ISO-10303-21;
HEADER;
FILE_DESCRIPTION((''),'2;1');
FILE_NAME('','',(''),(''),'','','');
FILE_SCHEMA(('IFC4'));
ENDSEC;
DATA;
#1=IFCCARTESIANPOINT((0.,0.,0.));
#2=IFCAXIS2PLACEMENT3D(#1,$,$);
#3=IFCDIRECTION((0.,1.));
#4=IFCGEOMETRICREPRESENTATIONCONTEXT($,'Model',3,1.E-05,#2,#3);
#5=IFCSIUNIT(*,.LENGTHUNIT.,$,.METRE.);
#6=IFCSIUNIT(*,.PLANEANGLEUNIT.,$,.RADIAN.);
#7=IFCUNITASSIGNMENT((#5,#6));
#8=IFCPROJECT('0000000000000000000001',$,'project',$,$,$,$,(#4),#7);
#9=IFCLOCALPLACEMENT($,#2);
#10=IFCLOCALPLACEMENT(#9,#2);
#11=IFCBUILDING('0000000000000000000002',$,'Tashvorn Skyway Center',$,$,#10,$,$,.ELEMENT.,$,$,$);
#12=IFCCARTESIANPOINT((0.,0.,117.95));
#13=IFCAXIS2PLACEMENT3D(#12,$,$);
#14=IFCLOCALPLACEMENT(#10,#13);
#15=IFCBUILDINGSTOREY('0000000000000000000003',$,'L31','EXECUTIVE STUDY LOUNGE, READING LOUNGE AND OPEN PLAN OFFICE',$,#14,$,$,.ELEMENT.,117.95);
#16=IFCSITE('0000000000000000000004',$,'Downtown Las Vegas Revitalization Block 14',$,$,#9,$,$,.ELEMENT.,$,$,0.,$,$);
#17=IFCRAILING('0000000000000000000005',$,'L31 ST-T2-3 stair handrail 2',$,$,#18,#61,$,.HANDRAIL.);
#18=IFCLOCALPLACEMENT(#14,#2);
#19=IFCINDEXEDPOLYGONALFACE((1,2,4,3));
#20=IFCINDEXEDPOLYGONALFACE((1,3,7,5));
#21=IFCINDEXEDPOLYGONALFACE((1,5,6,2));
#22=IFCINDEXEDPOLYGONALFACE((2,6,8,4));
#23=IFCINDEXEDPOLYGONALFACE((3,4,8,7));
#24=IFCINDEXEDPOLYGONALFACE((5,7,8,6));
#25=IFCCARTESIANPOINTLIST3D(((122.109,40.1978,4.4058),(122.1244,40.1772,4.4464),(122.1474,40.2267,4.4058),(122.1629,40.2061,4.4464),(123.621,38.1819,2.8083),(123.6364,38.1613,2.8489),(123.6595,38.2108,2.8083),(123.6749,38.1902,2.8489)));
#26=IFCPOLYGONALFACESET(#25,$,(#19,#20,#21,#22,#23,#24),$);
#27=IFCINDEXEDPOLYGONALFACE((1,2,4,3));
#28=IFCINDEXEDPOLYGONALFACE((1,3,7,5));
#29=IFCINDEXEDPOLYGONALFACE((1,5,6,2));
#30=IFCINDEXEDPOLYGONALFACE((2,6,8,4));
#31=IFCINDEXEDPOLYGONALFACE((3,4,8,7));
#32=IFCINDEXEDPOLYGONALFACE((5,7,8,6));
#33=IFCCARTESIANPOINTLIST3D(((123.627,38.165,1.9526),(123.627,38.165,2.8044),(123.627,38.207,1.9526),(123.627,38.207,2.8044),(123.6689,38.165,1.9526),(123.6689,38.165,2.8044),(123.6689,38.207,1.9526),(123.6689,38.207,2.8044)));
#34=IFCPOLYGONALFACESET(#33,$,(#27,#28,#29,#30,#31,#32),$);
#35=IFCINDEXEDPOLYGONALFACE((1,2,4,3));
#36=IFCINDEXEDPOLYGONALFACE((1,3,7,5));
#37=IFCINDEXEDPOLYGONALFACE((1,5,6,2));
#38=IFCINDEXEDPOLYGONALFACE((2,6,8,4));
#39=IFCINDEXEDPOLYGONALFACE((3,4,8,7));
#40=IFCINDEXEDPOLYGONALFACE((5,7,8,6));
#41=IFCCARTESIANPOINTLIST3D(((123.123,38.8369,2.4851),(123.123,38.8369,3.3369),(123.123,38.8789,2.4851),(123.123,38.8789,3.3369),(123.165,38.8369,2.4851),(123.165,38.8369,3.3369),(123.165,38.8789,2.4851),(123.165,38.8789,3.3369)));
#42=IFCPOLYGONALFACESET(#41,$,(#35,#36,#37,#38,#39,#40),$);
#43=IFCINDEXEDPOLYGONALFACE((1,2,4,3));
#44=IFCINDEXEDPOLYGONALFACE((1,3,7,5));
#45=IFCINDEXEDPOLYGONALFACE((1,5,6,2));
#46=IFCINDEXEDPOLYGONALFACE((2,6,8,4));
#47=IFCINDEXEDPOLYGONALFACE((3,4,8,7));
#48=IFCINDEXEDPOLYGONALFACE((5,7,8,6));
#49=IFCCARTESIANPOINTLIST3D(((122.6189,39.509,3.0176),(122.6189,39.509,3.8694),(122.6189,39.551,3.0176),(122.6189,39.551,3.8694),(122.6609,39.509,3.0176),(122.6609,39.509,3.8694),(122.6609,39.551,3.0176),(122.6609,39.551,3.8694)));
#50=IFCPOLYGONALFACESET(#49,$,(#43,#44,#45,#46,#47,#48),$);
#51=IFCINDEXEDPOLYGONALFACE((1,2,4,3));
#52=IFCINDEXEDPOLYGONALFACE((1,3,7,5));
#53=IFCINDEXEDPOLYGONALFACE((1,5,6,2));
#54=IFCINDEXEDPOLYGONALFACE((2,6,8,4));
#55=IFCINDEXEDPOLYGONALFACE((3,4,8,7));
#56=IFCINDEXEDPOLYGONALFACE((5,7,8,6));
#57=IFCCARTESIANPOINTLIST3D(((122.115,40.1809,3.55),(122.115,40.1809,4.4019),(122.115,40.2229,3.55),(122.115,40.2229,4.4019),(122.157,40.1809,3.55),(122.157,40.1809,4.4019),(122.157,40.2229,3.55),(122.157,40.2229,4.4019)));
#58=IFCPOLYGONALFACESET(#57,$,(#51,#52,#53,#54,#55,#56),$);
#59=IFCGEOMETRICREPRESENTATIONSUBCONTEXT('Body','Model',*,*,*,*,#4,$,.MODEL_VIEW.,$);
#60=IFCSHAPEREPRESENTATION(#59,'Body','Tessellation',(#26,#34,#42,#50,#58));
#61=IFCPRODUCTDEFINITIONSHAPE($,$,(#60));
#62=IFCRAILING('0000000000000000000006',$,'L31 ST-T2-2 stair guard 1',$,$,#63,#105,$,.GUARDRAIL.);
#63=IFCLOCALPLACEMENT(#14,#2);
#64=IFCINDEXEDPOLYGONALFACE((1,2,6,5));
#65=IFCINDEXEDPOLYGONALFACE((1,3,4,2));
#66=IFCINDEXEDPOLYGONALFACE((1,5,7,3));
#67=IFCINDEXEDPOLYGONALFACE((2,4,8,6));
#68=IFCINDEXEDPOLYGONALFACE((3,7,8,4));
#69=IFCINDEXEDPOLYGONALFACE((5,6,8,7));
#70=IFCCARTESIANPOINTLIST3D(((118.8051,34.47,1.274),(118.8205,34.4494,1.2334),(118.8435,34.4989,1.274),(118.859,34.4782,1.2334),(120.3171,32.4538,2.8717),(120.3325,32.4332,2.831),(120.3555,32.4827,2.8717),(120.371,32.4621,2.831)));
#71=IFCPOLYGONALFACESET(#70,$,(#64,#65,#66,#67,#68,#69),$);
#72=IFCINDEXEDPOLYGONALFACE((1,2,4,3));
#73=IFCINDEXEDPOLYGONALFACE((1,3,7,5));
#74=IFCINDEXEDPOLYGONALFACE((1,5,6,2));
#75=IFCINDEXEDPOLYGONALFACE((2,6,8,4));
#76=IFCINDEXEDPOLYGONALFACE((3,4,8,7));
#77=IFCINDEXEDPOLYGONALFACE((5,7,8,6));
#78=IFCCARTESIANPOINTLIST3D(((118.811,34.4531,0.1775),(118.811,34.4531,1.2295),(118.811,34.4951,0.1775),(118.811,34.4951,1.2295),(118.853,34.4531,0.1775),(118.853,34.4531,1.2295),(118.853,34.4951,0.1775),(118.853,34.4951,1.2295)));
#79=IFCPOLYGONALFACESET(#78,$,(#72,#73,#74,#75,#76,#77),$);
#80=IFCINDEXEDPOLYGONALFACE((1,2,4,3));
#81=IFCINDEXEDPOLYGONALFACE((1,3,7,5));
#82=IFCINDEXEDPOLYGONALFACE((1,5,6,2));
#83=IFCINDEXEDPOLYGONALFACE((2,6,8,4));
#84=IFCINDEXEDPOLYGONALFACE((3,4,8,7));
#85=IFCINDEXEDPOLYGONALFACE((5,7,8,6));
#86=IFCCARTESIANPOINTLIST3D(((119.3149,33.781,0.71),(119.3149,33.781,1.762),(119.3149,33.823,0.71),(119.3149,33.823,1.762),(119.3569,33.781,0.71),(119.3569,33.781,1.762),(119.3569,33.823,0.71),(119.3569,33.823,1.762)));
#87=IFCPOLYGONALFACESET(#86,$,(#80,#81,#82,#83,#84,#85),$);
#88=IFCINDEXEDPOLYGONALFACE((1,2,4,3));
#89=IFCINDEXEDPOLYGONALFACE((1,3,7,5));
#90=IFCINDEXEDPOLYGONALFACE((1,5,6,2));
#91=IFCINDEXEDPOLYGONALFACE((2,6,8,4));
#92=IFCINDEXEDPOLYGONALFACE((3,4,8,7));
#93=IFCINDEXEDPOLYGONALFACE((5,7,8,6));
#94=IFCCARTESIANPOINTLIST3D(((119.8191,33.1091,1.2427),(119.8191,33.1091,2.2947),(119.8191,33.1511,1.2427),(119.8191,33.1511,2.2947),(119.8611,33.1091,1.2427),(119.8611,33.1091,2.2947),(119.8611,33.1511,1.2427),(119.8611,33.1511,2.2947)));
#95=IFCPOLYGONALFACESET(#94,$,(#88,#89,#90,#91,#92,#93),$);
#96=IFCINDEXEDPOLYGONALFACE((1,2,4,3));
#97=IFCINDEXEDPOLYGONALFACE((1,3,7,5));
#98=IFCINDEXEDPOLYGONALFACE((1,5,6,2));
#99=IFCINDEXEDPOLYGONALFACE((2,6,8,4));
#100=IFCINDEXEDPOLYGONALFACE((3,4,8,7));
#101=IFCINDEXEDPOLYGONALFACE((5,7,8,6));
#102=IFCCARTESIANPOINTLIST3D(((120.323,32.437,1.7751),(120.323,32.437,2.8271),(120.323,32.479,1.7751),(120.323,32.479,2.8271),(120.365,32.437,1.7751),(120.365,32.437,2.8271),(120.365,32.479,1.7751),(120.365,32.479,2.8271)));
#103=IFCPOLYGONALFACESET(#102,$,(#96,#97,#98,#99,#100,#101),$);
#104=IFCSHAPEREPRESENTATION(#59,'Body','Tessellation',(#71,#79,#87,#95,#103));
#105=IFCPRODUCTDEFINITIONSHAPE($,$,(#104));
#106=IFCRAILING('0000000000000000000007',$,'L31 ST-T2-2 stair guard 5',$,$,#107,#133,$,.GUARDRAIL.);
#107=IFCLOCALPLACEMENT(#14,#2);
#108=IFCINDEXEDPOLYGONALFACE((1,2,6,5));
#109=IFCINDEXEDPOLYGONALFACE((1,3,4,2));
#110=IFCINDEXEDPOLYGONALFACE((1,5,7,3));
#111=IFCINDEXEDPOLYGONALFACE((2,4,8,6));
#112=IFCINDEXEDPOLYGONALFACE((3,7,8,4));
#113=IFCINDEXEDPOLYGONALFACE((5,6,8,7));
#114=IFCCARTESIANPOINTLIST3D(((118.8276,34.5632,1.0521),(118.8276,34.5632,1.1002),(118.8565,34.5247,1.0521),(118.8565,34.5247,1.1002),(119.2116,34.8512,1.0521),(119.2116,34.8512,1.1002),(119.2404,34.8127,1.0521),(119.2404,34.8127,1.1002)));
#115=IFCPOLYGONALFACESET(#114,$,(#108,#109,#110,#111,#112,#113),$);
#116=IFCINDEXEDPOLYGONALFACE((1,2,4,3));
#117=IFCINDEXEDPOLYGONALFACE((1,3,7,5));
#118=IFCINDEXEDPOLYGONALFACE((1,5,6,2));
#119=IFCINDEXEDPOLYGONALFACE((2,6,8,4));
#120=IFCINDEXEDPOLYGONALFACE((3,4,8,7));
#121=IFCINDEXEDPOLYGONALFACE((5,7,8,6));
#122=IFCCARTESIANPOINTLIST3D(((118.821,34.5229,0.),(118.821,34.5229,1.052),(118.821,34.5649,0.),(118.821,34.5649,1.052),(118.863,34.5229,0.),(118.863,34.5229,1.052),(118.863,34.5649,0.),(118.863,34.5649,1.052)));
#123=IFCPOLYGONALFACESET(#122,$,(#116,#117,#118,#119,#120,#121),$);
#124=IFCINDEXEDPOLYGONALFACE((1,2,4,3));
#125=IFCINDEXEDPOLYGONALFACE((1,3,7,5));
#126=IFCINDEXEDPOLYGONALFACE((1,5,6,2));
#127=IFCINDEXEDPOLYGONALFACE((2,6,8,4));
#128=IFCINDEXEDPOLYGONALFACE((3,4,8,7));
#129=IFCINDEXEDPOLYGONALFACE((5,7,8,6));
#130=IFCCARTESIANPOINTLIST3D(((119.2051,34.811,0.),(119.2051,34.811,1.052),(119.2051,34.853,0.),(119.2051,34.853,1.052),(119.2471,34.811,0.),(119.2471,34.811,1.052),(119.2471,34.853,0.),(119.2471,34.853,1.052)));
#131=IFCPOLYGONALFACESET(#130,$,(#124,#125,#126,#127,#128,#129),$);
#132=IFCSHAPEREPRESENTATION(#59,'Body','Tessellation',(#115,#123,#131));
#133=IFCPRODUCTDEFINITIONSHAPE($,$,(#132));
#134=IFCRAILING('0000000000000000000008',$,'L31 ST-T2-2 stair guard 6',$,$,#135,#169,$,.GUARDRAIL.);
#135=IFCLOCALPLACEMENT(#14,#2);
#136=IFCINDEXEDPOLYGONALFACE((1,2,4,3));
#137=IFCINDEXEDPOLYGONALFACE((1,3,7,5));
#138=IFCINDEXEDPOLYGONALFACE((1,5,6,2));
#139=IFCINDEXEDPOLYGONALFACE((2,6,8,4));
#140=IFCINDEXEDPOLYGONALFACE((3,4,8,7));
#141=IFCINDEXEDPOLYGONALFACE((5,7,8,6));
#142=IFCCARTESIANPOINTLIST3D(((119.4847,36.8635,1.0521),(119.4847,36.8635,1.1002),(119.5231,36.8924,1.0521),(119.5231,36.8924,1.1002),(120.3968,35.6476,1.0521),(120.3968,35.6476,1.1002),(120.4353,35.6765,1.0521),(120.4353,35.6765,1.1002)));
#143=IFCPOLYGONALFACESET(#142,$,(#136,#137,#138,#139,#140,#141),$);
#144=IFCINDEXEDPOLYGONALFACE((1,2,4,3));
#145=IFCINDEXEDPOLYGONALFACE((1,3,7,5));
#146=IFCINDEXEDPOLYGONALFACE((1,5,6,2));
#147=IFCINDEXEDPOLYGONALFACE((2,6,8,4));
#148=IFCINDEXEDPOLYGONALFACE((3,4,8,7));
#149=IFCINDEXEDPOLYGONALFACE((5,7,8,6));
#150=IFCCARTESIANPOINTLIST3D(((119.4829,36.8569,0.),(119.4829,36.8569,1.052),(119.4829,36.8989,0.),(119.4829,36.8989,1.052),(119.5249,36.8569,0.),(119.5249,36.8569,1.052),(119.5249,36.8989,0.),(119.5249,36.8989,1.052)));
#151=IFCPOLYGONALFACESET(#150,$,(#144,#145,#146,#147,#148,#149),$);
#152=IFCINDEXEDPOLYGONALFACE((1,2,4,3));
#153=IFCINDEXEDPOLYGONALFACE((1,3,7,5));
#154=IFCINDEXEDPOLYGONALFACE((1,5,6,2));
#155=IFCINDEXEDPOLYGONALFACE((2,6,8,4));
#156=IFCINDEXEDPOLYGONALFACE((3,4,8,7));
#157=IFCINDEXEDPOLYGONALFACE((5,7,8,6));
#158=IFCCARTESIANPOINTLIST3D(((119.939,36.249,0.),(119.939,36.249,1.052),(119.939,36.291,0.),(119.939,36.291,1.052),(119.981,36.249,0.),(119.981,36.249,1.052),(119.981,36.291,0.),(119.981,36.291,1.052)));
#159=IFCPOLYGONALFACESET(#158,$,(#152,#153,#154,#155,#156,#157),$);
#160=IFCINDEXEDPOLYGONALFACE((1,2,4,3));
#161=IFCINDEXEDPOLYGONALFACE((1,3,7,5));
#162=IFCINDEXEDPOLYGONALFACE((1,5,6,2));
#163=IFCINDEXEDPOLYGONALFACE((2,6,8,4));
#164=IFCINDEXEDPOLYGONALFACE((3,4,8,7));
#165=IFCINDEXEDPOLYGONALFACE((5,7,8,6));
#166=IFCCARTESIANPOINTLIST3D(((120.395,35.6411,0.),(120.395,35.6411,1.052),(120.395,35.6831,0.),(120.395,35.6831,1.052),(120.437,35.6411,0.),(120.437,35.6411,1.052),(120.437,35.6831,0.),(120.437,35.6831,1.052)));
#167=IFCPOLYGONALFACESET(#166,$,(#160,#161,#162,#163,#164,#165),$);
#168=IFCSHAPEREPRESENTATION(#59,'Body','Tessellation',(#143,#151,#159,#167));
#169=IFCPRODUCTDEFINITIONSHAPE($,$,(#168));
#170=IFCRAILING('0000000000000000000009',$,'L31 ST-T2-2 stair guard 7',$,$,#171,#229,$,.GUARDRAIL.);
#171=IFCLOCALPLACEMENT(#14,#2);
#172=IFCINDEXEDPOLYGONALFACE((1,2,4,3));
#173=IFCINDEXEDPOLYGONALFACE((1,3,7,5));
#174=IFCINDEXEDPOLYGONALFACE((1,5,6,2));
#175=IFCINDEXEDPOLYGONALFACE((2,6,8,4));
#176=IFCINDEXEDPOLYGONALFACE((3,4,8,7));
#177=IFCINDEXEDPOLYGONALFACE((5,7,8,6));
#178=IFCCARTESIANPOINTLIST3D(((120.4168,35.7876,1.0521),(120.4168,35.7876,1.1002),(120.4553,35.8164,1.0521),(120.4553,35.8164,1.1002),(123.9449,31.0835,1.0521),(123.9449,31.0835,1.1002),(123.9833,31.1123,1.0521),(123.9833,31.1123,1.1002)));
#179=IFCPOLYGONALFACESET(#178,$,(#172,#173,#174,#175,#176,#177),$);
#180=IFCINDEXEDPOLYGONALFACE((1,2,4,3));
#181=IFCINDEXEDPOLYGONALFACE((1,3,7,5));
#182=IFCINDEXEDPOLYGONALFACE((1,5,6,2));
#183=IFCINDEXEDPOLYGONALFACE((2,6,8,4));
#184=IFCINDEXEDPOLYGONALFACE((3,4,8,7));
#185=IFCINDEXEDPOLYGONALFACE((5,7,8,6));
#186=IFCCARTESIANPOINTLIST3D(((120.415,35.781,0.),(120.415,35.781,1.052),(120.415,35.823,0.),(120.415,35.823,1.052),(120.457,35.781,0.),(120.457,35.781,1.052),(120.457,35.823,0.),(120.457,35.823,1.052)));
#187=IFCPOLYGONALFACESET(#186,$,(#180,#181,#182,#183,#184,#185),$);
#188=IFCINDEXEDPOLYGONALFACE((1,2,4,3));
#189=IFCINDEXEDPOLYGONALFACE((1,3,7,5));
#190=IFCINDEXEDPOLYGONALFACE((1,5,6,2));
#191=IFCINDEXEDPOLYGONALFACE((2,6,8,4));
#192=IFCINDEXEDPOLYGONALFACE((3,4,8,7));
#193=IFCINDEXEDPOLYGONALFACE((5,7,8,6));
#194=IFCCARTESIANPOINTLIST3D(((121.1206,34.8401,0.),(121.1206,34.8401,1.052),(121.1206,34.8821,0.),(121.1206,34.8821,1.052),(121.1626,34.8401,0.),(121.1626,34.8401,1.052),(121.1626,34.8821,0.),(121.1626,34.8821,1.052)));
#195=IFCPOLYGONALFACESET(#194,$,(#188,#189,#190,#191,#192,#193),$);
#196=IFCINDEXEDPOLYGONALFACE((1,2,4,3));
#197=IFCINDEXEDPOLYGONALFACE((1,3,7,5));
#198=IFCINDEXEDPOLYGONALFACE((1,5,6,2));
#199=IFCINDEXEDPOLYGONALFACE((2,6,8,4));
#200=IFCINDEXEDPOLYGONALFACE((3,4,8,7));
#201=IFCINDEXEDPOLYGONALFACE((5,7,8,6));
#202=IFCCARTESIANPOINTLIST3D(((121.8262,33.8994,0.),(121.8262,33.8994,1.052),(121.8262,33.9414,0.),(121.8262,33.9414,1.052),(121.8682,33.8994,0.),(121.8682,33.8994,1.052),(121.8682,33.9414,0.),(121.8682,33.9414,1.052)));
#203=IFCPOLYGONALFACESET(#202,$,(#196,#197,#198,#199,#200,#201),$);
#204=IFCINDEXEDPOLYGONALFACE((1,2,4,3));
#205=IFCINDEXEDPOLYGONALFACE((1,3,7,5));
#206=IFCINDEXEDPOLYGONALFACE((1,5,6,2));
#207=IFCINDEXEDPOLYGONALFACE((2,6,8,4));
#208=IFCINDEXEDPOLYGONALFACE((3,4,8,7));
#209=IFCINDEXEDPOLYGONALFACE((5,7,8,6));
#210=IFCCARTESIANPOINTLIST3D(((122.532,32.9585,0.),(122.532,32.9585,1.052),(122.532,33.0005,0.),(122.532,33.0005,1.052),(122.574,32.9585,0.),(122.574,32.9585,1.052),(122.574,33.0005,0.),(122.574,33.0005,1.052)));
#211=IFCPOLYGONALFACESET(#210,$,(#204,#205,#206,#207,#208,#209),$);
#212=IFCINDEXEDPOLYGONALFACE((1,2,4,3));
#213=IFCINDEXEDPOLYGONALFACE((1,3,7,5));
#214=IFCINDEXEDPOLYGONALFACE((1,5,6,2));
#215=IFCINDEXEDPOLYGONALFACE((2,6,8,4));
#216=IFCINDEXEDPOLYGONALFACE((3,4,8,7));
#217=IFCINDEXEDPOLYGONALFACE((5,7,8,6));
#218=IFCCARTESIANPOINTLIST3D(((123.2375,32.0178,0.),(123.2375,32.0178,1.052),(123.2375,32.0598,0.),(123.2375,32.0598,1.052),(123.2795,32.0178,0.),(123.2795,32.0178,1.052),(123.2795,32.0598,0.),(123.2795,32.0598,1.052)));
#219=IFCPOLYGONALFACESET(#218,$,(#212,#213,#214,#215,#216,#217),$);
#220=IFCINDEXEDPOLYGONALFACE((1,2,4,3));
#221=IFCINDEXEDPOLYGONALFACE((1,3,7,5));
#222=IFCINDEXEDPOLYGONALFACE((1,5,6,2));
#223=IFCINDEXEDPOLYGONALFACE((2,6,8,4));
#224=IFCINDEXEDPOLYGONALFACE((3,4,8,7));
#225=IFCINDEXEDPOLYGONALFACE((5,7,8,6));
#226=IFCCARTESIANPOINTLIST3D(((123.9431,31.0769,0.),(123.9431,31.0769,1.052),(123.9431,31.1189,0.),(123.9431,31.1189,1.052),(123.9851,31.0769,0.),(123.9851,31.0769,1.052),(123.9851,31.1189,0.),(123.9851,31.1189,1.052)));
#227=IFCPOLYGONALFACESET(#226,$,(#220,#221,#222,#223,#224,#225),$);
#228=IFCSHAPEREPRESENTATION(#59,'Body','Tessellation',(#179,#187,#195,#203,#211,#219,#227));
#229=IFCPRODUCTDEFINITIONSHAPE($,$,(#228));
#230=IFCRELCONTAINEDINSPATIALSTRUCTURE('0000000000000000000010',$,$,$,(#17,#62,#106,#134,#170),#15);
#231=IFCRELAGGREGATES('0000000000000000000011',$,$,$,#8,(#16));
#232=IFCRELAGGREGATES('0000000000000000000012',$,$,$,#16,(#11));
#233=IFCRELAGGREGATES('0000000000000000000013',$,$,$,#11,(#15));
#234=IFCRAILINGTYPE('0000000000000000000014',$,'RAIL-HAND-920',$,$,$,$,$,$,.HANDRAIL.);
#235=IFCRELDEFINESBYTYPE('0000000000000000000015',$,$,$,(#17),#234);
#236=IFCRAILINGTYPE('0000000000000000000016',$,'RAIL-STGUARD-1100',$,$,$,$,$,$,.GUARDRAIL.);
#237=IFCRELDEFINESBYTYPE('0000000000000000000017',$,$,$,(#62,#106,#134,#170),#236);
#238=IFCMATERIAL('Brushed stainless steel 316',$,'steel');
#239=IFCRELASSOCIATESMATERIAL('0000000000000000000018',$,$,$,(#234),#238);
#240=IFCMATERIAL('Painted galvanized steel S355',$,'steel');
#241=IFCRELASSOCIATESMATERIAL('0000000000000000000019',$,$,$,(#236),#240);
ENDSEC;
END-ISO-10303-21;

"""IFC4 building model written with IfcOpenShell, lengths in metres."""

from ifc_helpers import new_model, si_unit, direction, frame, origin, origin_2d, place, context, subcontext, project, spatial, rectangle, extrude, material, type_object, element, save


model = new_model("IFC4")

# Units and contexts
model_context = context("Model", 3, precision=1e-05, world=origin(), true_north=direction((0.0, 1.0)))
body_context = subcontext(model_context, "Body", "Model", "MODEL_VIEW")
ifc_project = project(units=[si_unit("LENGTHUNIT", "METRE"), si_unit("PLANEANGLEUNIT", "RADIAN")], contexts=[model_context])

# Site, building, storey
site_placement = place(None, origin())
site = spatial("IfcSite", under=ifc_project, at=site_placement, Name="Downtown Las Vegas Revitalization Block 14", CompositionType="ELEMENT", RefElevation=0.0)
building_placement = place(site_placement, origin())
building = spatial("IfcBuilding", under=site, at=building_placement, Name="Tashvorn Skyway Center", CompositionType="ELEMENT")
storey_placement = place(building_placement, frame((0.0, 0.0, 117.95)))
storey = spatial("IfcBuildingStorey", under=building, at=storey_placement, Name="L31", Description="EXECUTIVE STUDY LOUNGE, READING LOUNGE AND OPEN PLAN OFFICE", CompositionType="ELEMENT", Elevation=117.95)

# Railings
ifc_material_1 = material(Name="Brushed stainless steel 316", Category="steel")
railing_type_1 = type_object("IfcRailingType", Name="RAIL-HAND-920", PredefinedType="HANDRAIL", material=ifc_material_1)
railing_1_placement = place(storey_placement, frame((123.6479, 38.186, 1.9526)))
element("IfcRailing", 1, at=railing_1_placement, inside=storey, type_object=railing_type_1, Name="L31 ST-T2-3 stair handrail 2", PredefinedType="HANDRAIL", context=body_context, shape_type="SweptSolid", body=[
    extrude(rectangle(XDim=0.0481, YDim=0.0481, at=origin_2d()), frame((0.0, 0.0, 0.876), z_axis=(-0.506769, 0.675664, 0.535409), x_axis=(-0.799988, -0.600016, 0.0)), (0.0, 0.0, 1.0), 2.9836),
    extrude(rectangle(XDim=0.042, YDim=0.042, at=origin_2d()), origin(), (0.0, 0.0, 1.0), 0.8518),
    extrude(rectangle(XDim=0.042, YDim=0.042, at=origin_2d()), frame((-0.5039, 0.6719, 0.5325)), (0.0, 0.0, 1.0), 0.8518),
    extrude(rectangle(XDim=0.042, YDim=0.042, at=origin_2d()), frame((-1.0081, 1.344, 1.0649)), (0.0, 0.0, 1.0), 0.8518),
    extrude(rectangle(XDim=0.042, YDim=0.042, at=origin_2d()), frame((-1.512, 2.0159, 1.5974)), (0.0, 0.0, 1.0), 0.8518),
])
ifc_material_2 = material(Name="Painted galvanized steel S355", Category="steel")
railing_type_2 = type_object("IfcRailingType", Name="RAIL-STGUARD-1100", PredefinedType="GUARDRAIL", material=ifc_material_2)
railing_2_placement = place(storey_placement, frame((118.832, 34.4741, 0.1775)))
element("IfcRailing", 2, at=railing_2_placement, inside=storey, type_object=railing_type_2, Name="L31 ST-T2-2 stair guard 1", PredefinedType="GUARDRAIL", context=body_context, shape_type="SweptSolid", body=[
    extrude(rectangle(XDim=0.0481, YDim=0.0481, at=origin_2d()), frame((0.0, 0.0, 1.0762), z_axis=(0.506719, -0.675679, 0.535438), x_axis=(0.800023, 0.599969, 0.0)), (0.0, 0.0, 1.0), 2.9839),
    extrude(rectangle(XDim=0.042, YDim=0.042, at=origin_2d()), origin(), (0.0, 0.0, 1.0), 1.052),
    extrude(rectangle(XDim=0.042, YDim=0.042, at=origin_2d()), frame((0.5039, -0.6721, 0.5325)), (0.0, 0.0, 1.0), 1.052),
    extrude(rectangle(XDim=0.042, YDim=0.042, at=origin_2d()), frame((1.0081, -1.344, 1.0652)), (0.0, 0.0, 1.0), 1.052),
    extrude(rectangle(XDim=0.042, YDim=0.042, at=origin_2d()), frame((1.512, -2.0161, 1.5977)), (0.0, 0.0, 1.0), 1.052),
])
railing_3_placement = place(storey_placement, frame((118.842, 34.5439, 0.0)))
element("IfcRailing", 3, at=railing_3_placement, inside=storey, type_object=railing_type_2, Name="L31 ST-T2-2 stair guard 5", PredefinedType="GUARDRAIL", context=body_context, shape_type="SweptSolid", body=[
    extrude(rectangle(XDim=0.0481, YDim=0.0481, at=origin_2d()), frame((0.0, 0.0, 1.0762), z_axis=(0.799939, 0.600081, 0.0), x_axis=(-0.600081, 0.799939, 0.0)), (0.0, 0.0, 1.0), 0.48),
    extrude(rectangle(XDim=0.042, YDim=0.042, at=origin_2d()), origin(), (0.0, 0.0, 1.0), 1.052),
    extrude(rectangle(XDim=0.042, YDim=0.042, at=origin_2d()), frame((0.384, 0.2881, 0.0)), (0.0, 0.0, 1.0), 1.052),
])
railing_4_placement = place(storey_placement, frame((119.5039, 36.8779, 0.0)))
element("IfcRailing", 4, at=railing_4_placement, inside=storey, type_object=railing_type_2, Name="L31 ST-T2-2 stair guard 6", PredefinedType="GUARDRAIL", context=body_context, shape_type="SweptSolid", body=[
    extrude(rectangle(XDim=0.0481, YDim=0.0481, at=origin_2d()), frame((0.0, 0.0, 1.0762), z_axis=(0.600103, -0.799923, 0.0), x_axis=(0.799923, 0.600103, 0.0)), (0.0, 0.0, 1.0), 1.52),
    extrude(rectangle(XDim=0.042, YDim=0.042, at=origin_2d()), origin(), (0.0, 0.0, 1.0), 1.052),
    extrude(rectangle(XDim=0.042, YDim=0.042, at=origin_2d()), frame((0.4561, -0.6079, 0.0)), (0.0, 0.0, 1.0), 1.052),
    extrude(rectangle(XDim=0.042, YDim=0.042, at=origin_2d()), frame((0.9121, -1.2158, 0.0)), (0.0, 0.0, 1.0), 1.052),
])
railing_5_placement = place(storey_placement, frame((120.436, 35.802, 0.0)))
element("IfcRailing", 5, at=railing_5_placement, inside=storey, type_object=railing_type_2, Name="L31 ST-T2-2 stair guard 7", PredefinedType="GUARDRAIL", context=body_context, shape_type="SweptSolid", body=[
    extrude(rectangle(XDim=0.0481, YDim=0.0481, at=origin_2d()), frame((0.0, 0.0, 1.0762), z_axis=(0.6, -0.8, 0.0), x_axis=(0.8, 0.6, 0.0)), (0.0, 0.0, 1.0), 5.8801),
    extrude(rectangle(XDim=0.042, YDim=0.042, at=origin_2d()), origin(), (0.0, 0.0, 1.0), 1.052),
    extrude(rectangle(XDim=0.042, YDim=0.042, at=origin_2d()), frame((0.7056, -0.9409, 0.0)), (0.0, 0.0, 1.0), 1.052),
    extrude(rectangle(XDim=0.042, YDim=0.042, at=origin_2d()), frame((1.4111, -1.8816, 0.0)), (0.0, 0.0, 1.0), 1.052),
    extrude(rectangle(XDim=0.042, YDim=0.042, at=origin_2d()), frame((2.1169, -2.8225, 0.0)), (0.0, 0.0, 1.0), 1.052),
    extrude(rectangle(XDim=0.042, YDim=0.042, at=origin_2d()), frame((2.8225, -3.7632, 0.0)), (0.0, 0.0, 1.0), 1.052),
    extrude(rectangle(XDim=0.042, YDim=0.042, at=origin_2d()), frame((3.5281, -4.7041, 0.0)), (0.0, 0.0, 1.0), 1.052),
])

save(model, "model.ifc")
